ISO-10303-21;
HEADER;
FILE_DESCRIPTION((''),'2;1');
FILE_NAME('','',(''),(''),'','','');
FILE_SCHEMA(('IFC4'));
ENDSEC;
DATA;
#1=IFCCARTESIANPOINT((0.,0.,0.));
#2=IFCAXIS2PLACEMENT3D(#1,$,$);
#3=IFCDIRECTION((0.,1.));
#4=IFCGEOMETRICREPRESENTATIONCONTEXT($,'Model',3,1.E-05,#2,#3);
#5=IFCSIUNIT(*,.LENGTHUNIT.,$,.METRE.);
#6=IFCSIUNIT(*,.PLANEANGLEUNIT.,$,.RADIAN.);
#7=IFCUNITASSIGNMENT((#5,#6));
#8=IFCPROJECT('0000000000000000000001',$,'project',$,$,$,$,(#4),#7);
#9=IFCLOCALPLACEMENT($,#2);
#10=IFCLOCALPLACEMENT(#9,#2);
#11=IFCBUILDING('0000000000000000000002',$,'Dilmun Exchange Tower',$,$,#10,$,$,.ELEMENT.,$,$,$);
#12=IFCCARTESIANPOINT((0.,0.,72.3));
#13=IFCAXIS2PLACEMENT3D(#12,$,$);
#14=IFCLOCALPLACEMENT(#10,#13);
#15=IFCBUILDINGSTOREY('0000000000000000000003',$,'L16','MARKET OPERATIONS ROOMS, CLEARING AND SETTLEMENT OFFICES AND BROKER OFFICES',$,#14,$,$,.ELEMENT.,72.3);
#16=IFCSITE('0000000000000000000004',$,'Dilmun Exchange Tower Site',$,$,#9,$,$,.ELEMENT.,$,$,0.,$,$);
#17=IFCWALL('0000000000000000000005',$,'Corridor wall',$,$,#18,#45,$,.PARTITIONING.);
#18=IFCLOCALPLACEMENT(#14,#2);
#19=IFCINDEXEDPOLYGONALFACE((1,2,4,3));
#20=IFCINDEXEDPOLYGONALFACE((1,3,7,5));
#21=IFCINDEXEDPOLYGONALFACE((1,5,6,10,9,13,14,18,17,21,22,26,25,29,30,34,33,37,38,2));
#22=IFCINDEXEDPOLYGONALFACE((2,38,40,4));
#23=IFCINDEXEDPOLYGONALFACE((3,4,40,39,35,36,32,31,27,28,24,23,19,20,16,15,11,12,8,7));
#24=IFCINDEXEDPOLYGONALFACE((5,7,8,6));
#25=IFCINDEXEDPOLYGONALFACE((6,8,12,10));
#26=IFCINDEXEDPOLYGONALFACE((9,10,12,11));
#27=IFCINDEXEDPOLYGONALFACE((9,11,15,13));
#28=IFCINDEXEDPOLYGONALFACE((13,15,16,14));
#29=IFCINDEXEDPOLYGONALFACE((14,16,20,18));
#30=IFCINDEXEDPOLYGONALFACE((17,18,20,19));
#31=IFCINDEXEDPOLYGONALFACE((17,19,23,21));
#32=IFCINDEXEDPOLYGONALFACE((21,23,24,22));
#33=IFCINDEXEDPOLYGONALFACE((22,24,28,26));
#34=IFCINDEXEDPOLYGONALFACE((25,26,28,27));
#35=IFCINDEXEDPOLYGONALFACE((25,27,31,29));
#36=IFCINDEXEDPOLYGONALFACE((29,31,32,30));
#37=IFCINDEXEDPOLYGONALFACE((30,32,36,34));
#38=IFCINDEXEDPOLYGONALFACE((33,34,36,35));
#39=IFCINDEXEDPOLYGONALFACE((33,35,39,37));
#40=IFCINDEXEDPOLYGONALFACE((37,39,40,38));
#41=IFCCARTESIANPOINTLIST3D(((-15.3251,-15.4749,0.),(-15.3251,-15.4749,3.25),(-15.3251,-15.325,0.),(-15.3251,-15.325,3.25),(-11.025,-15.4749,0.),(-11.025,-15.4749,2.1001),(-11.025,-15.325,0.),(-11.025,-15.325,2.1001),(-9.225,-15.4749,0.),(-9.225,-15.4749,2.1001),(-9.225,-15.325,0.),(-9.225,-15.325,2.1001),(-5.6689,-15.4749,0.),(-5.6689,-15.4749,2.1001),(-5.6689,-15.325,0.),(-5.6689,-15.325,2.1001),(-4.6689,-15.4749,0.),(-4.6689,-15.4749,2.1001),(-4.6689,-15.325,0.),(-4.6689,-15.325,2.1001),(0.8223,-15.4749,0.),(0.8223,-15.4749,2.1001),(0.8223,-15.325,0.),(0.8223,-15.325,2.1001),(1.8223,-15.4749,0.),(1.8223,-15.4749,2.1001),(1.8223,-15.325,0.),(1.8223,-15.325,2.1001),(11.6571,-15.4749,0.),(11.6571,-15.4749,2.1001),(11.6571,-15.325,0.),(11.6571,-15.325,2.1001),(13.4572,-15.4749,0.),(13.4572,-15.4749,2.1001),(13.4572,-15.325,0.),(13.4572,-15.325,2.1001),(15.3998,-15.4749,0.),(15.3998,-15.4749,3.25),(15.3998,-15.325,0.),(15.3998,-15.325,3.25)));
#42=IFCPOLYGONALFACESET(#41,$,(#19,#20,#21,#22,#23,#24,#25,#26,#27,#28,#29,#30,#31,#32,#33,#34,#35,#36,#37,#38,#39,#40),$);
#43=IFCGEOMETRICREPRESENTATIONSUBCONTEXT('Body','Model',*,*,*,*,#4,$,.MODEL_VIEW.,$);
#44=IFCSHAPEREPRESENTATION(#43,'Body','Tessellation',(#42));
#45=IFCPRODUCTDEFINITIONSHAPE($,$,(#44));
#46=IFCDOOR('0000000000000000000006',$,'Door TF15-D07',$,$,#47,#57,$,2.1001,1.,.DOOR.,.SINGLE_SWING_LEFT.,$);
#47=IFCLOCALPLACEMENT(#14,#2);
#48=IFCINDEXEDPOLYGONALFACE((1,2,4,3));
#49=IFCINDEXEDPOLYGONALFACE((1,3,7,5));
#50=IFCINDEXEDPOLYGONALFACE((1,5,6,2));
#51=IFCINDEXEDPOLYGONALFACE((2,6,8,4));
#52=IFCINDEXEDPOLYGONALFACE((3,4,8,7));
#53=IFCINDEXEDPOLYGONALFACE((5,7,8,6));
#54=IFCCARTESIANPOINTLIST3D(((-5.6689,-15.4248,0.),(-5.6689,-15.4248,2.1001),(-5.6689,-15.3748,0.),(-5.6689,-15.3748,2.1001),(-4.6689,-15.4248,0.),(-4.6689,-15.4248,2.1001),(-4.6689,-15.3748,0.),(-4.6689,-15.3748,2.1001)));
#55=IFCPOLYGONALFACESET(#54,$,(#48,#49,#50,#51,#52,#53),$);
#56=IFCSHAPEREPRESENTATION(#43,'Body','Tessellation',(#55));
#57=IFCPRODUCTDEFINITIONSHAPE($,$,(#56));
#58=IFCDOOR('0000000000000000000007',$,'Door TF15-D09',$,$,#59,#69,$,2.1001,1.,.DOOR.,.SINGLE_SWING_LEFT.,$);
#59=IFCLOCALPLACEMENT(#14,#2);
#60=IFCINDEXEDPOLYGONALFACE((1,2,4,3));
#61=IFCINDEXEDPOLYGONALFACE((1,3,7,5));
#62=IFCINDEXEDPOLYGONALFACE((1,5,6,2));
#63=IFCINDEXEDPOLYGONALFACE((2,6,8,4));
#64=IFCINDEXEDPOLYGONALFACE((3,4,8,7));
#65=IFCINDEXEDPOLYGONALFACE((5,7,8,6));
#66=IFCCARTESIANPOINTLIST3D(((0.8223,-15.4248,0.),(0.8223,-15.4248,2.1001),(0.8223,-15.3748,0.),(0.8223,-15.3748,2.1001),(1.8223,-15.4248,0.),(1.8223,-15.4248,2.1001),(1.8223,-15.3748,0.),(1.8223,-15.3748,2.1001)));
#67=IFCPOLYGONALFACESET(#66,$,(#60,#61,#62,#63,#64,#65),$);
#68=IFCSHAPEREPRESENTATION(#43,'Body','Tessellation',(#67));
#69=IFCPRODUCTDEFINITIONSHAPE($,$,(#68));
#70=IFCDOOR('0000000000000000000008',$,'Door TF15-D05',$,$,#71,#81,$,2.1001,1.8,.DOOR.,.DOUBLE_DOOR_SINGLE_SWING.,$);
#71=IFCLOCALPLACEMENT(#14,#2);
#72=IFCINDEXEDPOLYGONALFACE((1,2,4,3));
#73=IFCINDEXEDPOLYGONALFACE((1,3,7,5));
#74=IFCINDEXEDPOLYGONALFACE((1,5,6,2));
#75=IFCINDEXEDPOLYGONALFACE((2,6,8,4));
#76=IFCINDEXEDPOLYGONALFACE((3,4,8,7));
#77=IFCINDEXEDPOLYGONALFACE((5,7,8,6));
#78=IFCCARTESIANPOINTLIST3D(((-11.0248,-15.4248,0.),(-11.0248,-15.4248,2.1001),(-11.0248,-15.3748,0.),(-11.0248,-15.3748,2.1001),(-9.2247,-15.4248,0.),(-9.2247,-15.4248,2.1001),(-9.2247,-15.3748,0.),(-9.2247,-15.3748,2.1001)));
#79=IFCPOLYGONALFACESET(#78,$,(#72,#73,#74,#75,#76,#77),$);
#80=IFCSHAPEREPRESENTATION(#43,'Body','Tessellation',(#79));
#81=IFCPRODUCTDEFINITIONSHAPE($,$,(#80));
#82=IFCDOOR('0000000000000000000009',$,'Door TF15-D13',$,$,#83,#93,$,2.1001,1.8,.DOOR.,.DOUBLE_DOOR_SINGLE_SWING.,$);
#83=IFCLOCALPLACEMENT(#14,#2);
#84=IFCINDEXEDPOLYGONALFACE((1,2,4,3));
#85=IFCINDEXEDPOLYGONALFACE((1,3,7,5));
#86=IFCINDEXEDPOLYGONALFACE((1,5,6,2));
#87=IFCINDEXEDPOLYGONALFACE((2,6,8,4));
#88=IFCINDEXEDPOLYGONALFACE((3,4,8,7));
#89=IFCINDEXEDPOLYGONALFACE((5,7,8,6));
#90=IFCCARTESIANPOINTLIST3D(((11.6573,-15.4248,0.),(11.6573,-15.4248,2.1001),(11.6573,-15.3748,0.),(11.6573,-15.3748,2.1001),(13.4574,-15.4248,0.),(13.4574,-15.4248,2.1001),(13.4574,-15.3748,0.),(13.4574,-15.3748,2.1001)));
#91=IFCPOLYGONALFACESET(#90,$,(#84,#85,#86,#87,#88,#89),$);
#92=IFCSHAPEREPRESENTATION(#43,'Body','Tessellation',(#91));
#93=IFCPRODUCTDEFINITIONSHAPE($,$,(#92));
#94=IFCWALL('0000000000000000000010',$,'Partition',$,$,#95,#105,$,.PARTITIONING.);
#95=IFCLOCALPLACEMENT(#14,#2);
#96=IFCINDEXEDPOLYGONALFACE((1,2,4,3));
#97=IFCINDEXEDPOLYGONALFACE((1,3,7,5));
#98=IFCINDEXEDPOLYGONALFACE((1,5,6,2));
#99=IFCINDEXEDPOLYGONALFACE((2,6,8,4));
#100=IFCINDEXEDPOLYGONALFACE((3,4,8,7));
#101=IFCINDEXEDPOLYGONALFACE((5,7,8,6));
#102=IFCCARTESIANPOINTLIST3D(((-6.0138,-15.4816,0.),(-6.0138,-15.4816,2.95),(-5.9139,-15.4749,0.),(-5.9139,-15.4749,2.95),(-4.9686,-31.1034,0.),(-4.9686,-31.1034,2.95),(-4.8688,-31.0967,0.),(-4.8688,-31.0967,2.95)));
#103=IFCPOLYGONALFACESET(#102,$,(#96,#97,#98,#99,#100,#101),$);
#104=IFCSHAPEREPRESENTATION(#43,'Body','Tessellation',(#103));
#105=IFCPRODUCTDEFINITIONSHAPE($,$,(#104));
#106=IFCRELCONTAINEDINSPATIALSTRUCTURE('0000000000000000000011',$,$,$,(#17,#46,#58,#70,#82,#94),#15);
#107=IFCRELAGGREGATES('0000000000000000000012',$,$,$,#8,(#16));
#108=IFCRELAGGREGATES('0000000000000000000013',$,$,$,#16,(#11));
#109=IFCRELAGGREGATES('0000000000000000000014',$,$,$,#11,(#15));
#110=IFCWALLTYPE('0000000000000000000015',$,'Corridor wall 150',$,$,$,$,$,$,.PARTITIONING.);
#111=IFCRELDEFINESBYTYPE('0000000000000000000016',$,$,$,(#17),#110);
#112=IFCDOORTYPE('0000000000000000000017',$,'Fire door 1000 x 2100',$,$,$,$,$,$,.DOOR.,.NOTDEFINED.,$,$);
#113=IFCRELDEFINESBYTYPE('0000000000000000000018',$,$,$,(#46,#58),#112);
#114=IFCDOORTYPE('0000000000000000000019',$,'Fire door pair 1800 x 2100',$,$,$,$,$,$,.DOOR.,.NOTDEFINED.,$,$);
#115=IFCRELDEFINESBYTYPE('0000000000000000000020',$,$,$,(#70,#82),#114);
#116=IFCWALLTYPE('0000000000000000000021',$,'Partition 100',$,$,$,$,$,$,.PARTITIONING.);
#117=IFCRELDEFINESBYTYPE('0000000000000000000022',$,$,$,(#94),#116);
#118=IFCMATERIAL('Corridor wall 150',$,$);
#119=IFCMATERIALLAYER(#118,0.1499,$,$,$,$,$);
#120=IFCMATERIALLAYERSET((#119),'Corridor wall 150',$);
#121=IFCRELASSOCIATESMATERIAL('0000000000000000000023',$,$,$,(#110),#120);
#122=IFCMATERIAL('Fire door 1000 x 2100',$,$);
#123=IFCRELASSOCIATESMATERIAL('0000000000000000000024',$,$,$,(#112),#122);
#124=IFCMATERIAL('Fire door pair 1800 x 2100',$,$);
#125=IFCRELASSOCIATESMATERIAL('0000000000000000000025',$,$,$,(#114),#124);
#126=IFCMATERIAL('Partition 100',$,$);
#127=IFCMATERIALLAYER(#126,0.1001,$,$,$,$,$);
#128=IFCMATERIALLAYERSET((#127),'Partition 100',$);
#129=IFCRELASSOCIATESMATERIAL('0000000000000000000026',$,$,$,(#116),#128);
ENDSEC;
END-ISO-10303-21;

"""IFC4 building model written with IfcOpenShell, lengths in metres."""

from ifc_helpers import new_model, si_unit, direction, frame, frame_2d, origin, place, context, subcontext, project, spatial, rectangle, extrude, material, layer, layer_set, type_object, element, fill, save


model = new_model("IFC4")

# Units and contexts
model_context = context("Model", 3, precision=1e-05, world=origin(), true_north=direction((0.0, 1.0)))
body_context = subcontext(model_context, "Body", "Model", "MODEL_VIEW")
ifc_project = project(units=[si_unit("LENGTHUNIT", "METRE"), si_unit("PLANEANGLEUNIT", "RADIAN")], contexts=[model_context])

# Site, building, storey
site_placement = place(None, origin())
site = spatial("IfcSite", under=ifc_project, at=site_placement, Name="Dilmun Exchange Tower Site", CompositionType="ELEMENT", RefElevation=0.0)
building_placement = place(site_placement, origin())
building = spatial("IfcBuilding", under=site, at=building_placement, Name="Dilmun Exchange Tower", CompositionType="ELEMENT")
storey_placement = place(building_placement, frame((0.0, 0.0, 72.3)))
storey = spatial("IfcBuildingStorey", under=building, at=storey_placement, Name="L16", Description="MARKET OPERATIONS ROOMS, CLEARING AND SETTLEMENT OFFICES AND BROKER OFFICES", CompositionType="ELEMENT", Elevation=72.3)

# Wall, openings, doors
ifc_material_1 = material(Name="Corridor wall 150")
ifc_layer_1 = layer(ifc_material_1, 0.1499)
ifc_layer_set_1 = layer_set([ifc_layer_1], Name="Corridor wall 150")
wall_type_1 = type_object("IfcWallType", Name="Corridor wall 150", PredefinedType="PARTITIONING", material=ifc_layer_set_1)
ifc_material_2 = material(Name="Fire door 1000 x 2100")
door_type_1 = type_object("IfcDoorType", Name="Fire door 1000 x 2100", OperationType="NOTDEFINED", PredefinedType="DOOR", material=ifc_material_2)
ifc_material_3 = material(Name="Fire door pair 1800 x 2100")
door_type_2 = type_object("IfcDoorType", Name="Fire door pair 1800 x 2100", OperationType="NOTDEFINED", PredefinedType="DOOR", material=ifc_material_3)
wall_1_placement = place(storey_placement, frame((-15.325, -15.3999, 0.0), z_axis=(0.0, 0.0, 1.0), x_axis=(1.0, 0.0, 0.0)))
wall_1 = element("IfcWall", 1, at=wall_1_placement, inside=storey, type_object=wall_type_1, Name="Corridor wall", PredefinedType="PARTITIONING", context=body_context, shape_type="SweptSolid", body=[
    extrude(rectangle(XDim=30.7249, YDim=0.1499, at=frame_2d((15.3623, 0.0))), origin(), (0.0, 0.0, 1.0), 3.25),
])
opening_1_placement = place(wall_1_placement, frame((4.3, 0.0, 0.0)))
opening_1 = element("IfcOpeningElement", 2, at=opening_1_placement, cuts=wall_1, PredefinedType="OPENING", context=body_context, shape_type="SweptSolid", body=[
    extrude(rectangle(XDim=1.8, YDim=2.1001, at=frame_2d((0.8999, 1.05))), frame((0.0, 0.085, 0.0), z_axis=(0.0, -1.0, 0.0), x_axis=(1.0, 0.0, 0.0)), (0.0, 0.0, 1.0), 0.1699),
])
opening_2_placement = place(wall_1_placement, frame((9.656, 0.0, 0.0)))
opening_2 = element("IfcOpeningElement", 3, at=opening_2_placement, cuts=wall_1, PredefinedType="OPENING", context=body_context, shape_type="SweptSolid", body=[
    extrude(rectangle(XDim=1.0, YDim=2.1001, at=frame_2d((0.5, 1.05))), frame((0.0, 0.085, 0.0), z_axis=(0.0, -1.0, 0.0), x_axis=(1.0, 0.0, 0.0)), (0.0, 0.0, 1.0), 0.1699),
])
opening_3_placement = place(wall_1_placement, frame((16.1472, 0.0, 0.0)))
opening_3 = element("IfcOpeningElement", 4, at=opening_3_placement, cuts=wall_1, PredefinedType="OPENING", context=body_context, shape_type="SweptSolid", body=[
    extrude(rectangle(XDim=1.0, YDim=2.1001, at=frame_2d((0.5, 1.05))), frame((0.0, 0.085, 0.0), z_axis=(0.0, -1.0, 0.0), x_axis=(1.0, 0.0, 0.0)), (0.0, 0.0, 1.0), 0.1699),
])
opening_4_placement = place(wall_1_placement, frame((26.9822, 0.0, 0.0)))
opening_4 = element("IfcOpeningElement", 5, at=opening_4_placement, cuts=wall_1, PredefinedType="OPENING", context=body_context, shape_type="SweptSolid", body=[
    extrude(rectangle(XDim=1.8, YDim=2.1001, at=frame_2d((0.8999, 1.05))), frame((0.0, 0.085, 0.0), z_axis=(0.0, -1.0, 0.0), x_axis=(1.0, 0.0, 0.0)), (0.0, 0.0, 1.0), 0.1699),
])
door_1_placement = place(opening_2_placement, frame((1.0, 0.0, 0.0), z_axis=(0.0, 0.0, 1.0), x_axis=(-1.0, 0.0, 0.0)))
door_1 = element("IfcDoor", 6, at=door_1_placement, inside=storey, type_object=door_type_1, Name="Door TF15-D07", OperationType="SINGLE_SWING_LEFT", OverallHeight=2.1001, OverallWidth=1.0, PredefinedType="DOOR", context=body_context, shape_type="SweptSolid", body=[
    extrude(rectangle(XDim=1.0, YDim=2.1001, at=frame_2d((0.5, 1.05))), frame((0.0, 0.0249, 0.0), z_axis=(0.0, -1.0, 0.0), x_axis=(1.0, 0.0, 0.0)), (0.0, 0.0, 1.0), 0.05),
])
fill(opening_2, door_1)
door_2_placement = place(opening_3_placement, frame((1.0, 0.0, 0.0), z_axis=(0.0, 0.0, 1.0), x_axis=(-1.0, 0.0, 0.0)))
door_2 = element("IfcDoor", 7, at=door_2_placement, inside=storey, type_object=door_type_1, Name="Door TF15-D09", OperationType="SINGLE_SWING_LEFT", OverallHeight=2.1001, OverallWidth=1.0, PredefinedType="DOOR", context=body_context, shape_type="SweptSolid", body=[
    extrude(rectangle(XDim=1.0, YDim=2.1001, at=frame_2d((0.5, 1.05))), frame((0.0, 0.0249, 0.0), z_axis=(0.0, -1.0, 0.0), x_axis=(1.0, 0.0, 0.0)), (0.0, 0.0, 1.0), 0.05),
])
fill(opening_3, door_2)
door_3_placement = place(opening_1_placement, frame((1.8, 0.0, 0.0), z_axis=(0.0, 0.0, 1.0), x_axis=(-1.0, 0.0, 0.0)))
door_3 = element("IfcDoor", 8, at=door_3_placement, inside=storey, type_object=door_type_2, Name="Door TF15-D05", OperationType="DOUBLE_DOOR_SINGLE_SWING", OverallHeight=2.1001, OverallWidth=1.8, PredefinedType="DOOR", context=body_context, shape_type="SweptSolid", body=[
    extrude(rectangle(XDim=1.8, YDim=2.1001, at=frame_2d((0.8999, 1.05))), frame((0.0, 0.0249, 0.0), z_axis=(0.0, -1.0, 0.0), x_axis=(1.0, 0.0, 0.0)), (0.0, 0.0, 1.0), 0.05),
])
fill(opening_1, door_3)
door_4_placement = place(opening_4_placement, frame((1.8, 0.0, 0.0), z_axis=(0.0, 0.0, 1.0), x_axis=(-1.0, 0.0, 0.0)))
door_4 = element("IfcDoor", 9, at=door_4_placement, inside=storey, type_object=door_type_2, Name="Door TF15-D13", OperationType="DOUBLE_DOOR_SINGLE_SWING", OverallHeight=2.1001, OverallWidth=1.8, PredefinedType="DOOR", context=body_context, shape_type="SweptSolid", body=[
    extrude(rectangle(XDim=1.8, YDim=2.1001, at=frame_2d((0.8999, 1.05))), frame((0.0, 0.0249, 0.0), z_axis=(0.0, -1.0, 0.0), x_axis=(1.0, 0.0, 0.0)), (0.0, 0.0, 1.0), 0.05),
])
fill(opening_4, door_4)

# Wall
ifc_material_4 = material(Name="Partition 100")
ifc_layer_2 = layer(ifc_material_4, 0.1001)
ifc_layer_set_2 = layer_set([ifc_layer_2], Name="Partition 100")
wall_type_2 = type_object("IfcWallType", Name="Partition 100", PredefinedType="PARTITIONING", material=ifc_layer_set_2)
wall_2_placement = place(storey_placement, frame((-5.9639, -15.4783, 0.0), z_axis=(0.0, 0.0, 1.0), x_axis=(0.066755, -0.997769, 0.0)))
element("IfcWall", 10, at=wall_2_placement, inside=storey, type_object=wall_type_2, Name="Partition", PredefinedType="PARTITIONING", context=body_context, shape_type="SweptSolid", body=[
    extrude(rectangle(XDim=15.6567, YDim=0.1001, at=frame_2d((7.8284, 0.0))), origin(), (0.0, 0.0, 1.0), 2.95),
])

save(model, "model.ifc")
